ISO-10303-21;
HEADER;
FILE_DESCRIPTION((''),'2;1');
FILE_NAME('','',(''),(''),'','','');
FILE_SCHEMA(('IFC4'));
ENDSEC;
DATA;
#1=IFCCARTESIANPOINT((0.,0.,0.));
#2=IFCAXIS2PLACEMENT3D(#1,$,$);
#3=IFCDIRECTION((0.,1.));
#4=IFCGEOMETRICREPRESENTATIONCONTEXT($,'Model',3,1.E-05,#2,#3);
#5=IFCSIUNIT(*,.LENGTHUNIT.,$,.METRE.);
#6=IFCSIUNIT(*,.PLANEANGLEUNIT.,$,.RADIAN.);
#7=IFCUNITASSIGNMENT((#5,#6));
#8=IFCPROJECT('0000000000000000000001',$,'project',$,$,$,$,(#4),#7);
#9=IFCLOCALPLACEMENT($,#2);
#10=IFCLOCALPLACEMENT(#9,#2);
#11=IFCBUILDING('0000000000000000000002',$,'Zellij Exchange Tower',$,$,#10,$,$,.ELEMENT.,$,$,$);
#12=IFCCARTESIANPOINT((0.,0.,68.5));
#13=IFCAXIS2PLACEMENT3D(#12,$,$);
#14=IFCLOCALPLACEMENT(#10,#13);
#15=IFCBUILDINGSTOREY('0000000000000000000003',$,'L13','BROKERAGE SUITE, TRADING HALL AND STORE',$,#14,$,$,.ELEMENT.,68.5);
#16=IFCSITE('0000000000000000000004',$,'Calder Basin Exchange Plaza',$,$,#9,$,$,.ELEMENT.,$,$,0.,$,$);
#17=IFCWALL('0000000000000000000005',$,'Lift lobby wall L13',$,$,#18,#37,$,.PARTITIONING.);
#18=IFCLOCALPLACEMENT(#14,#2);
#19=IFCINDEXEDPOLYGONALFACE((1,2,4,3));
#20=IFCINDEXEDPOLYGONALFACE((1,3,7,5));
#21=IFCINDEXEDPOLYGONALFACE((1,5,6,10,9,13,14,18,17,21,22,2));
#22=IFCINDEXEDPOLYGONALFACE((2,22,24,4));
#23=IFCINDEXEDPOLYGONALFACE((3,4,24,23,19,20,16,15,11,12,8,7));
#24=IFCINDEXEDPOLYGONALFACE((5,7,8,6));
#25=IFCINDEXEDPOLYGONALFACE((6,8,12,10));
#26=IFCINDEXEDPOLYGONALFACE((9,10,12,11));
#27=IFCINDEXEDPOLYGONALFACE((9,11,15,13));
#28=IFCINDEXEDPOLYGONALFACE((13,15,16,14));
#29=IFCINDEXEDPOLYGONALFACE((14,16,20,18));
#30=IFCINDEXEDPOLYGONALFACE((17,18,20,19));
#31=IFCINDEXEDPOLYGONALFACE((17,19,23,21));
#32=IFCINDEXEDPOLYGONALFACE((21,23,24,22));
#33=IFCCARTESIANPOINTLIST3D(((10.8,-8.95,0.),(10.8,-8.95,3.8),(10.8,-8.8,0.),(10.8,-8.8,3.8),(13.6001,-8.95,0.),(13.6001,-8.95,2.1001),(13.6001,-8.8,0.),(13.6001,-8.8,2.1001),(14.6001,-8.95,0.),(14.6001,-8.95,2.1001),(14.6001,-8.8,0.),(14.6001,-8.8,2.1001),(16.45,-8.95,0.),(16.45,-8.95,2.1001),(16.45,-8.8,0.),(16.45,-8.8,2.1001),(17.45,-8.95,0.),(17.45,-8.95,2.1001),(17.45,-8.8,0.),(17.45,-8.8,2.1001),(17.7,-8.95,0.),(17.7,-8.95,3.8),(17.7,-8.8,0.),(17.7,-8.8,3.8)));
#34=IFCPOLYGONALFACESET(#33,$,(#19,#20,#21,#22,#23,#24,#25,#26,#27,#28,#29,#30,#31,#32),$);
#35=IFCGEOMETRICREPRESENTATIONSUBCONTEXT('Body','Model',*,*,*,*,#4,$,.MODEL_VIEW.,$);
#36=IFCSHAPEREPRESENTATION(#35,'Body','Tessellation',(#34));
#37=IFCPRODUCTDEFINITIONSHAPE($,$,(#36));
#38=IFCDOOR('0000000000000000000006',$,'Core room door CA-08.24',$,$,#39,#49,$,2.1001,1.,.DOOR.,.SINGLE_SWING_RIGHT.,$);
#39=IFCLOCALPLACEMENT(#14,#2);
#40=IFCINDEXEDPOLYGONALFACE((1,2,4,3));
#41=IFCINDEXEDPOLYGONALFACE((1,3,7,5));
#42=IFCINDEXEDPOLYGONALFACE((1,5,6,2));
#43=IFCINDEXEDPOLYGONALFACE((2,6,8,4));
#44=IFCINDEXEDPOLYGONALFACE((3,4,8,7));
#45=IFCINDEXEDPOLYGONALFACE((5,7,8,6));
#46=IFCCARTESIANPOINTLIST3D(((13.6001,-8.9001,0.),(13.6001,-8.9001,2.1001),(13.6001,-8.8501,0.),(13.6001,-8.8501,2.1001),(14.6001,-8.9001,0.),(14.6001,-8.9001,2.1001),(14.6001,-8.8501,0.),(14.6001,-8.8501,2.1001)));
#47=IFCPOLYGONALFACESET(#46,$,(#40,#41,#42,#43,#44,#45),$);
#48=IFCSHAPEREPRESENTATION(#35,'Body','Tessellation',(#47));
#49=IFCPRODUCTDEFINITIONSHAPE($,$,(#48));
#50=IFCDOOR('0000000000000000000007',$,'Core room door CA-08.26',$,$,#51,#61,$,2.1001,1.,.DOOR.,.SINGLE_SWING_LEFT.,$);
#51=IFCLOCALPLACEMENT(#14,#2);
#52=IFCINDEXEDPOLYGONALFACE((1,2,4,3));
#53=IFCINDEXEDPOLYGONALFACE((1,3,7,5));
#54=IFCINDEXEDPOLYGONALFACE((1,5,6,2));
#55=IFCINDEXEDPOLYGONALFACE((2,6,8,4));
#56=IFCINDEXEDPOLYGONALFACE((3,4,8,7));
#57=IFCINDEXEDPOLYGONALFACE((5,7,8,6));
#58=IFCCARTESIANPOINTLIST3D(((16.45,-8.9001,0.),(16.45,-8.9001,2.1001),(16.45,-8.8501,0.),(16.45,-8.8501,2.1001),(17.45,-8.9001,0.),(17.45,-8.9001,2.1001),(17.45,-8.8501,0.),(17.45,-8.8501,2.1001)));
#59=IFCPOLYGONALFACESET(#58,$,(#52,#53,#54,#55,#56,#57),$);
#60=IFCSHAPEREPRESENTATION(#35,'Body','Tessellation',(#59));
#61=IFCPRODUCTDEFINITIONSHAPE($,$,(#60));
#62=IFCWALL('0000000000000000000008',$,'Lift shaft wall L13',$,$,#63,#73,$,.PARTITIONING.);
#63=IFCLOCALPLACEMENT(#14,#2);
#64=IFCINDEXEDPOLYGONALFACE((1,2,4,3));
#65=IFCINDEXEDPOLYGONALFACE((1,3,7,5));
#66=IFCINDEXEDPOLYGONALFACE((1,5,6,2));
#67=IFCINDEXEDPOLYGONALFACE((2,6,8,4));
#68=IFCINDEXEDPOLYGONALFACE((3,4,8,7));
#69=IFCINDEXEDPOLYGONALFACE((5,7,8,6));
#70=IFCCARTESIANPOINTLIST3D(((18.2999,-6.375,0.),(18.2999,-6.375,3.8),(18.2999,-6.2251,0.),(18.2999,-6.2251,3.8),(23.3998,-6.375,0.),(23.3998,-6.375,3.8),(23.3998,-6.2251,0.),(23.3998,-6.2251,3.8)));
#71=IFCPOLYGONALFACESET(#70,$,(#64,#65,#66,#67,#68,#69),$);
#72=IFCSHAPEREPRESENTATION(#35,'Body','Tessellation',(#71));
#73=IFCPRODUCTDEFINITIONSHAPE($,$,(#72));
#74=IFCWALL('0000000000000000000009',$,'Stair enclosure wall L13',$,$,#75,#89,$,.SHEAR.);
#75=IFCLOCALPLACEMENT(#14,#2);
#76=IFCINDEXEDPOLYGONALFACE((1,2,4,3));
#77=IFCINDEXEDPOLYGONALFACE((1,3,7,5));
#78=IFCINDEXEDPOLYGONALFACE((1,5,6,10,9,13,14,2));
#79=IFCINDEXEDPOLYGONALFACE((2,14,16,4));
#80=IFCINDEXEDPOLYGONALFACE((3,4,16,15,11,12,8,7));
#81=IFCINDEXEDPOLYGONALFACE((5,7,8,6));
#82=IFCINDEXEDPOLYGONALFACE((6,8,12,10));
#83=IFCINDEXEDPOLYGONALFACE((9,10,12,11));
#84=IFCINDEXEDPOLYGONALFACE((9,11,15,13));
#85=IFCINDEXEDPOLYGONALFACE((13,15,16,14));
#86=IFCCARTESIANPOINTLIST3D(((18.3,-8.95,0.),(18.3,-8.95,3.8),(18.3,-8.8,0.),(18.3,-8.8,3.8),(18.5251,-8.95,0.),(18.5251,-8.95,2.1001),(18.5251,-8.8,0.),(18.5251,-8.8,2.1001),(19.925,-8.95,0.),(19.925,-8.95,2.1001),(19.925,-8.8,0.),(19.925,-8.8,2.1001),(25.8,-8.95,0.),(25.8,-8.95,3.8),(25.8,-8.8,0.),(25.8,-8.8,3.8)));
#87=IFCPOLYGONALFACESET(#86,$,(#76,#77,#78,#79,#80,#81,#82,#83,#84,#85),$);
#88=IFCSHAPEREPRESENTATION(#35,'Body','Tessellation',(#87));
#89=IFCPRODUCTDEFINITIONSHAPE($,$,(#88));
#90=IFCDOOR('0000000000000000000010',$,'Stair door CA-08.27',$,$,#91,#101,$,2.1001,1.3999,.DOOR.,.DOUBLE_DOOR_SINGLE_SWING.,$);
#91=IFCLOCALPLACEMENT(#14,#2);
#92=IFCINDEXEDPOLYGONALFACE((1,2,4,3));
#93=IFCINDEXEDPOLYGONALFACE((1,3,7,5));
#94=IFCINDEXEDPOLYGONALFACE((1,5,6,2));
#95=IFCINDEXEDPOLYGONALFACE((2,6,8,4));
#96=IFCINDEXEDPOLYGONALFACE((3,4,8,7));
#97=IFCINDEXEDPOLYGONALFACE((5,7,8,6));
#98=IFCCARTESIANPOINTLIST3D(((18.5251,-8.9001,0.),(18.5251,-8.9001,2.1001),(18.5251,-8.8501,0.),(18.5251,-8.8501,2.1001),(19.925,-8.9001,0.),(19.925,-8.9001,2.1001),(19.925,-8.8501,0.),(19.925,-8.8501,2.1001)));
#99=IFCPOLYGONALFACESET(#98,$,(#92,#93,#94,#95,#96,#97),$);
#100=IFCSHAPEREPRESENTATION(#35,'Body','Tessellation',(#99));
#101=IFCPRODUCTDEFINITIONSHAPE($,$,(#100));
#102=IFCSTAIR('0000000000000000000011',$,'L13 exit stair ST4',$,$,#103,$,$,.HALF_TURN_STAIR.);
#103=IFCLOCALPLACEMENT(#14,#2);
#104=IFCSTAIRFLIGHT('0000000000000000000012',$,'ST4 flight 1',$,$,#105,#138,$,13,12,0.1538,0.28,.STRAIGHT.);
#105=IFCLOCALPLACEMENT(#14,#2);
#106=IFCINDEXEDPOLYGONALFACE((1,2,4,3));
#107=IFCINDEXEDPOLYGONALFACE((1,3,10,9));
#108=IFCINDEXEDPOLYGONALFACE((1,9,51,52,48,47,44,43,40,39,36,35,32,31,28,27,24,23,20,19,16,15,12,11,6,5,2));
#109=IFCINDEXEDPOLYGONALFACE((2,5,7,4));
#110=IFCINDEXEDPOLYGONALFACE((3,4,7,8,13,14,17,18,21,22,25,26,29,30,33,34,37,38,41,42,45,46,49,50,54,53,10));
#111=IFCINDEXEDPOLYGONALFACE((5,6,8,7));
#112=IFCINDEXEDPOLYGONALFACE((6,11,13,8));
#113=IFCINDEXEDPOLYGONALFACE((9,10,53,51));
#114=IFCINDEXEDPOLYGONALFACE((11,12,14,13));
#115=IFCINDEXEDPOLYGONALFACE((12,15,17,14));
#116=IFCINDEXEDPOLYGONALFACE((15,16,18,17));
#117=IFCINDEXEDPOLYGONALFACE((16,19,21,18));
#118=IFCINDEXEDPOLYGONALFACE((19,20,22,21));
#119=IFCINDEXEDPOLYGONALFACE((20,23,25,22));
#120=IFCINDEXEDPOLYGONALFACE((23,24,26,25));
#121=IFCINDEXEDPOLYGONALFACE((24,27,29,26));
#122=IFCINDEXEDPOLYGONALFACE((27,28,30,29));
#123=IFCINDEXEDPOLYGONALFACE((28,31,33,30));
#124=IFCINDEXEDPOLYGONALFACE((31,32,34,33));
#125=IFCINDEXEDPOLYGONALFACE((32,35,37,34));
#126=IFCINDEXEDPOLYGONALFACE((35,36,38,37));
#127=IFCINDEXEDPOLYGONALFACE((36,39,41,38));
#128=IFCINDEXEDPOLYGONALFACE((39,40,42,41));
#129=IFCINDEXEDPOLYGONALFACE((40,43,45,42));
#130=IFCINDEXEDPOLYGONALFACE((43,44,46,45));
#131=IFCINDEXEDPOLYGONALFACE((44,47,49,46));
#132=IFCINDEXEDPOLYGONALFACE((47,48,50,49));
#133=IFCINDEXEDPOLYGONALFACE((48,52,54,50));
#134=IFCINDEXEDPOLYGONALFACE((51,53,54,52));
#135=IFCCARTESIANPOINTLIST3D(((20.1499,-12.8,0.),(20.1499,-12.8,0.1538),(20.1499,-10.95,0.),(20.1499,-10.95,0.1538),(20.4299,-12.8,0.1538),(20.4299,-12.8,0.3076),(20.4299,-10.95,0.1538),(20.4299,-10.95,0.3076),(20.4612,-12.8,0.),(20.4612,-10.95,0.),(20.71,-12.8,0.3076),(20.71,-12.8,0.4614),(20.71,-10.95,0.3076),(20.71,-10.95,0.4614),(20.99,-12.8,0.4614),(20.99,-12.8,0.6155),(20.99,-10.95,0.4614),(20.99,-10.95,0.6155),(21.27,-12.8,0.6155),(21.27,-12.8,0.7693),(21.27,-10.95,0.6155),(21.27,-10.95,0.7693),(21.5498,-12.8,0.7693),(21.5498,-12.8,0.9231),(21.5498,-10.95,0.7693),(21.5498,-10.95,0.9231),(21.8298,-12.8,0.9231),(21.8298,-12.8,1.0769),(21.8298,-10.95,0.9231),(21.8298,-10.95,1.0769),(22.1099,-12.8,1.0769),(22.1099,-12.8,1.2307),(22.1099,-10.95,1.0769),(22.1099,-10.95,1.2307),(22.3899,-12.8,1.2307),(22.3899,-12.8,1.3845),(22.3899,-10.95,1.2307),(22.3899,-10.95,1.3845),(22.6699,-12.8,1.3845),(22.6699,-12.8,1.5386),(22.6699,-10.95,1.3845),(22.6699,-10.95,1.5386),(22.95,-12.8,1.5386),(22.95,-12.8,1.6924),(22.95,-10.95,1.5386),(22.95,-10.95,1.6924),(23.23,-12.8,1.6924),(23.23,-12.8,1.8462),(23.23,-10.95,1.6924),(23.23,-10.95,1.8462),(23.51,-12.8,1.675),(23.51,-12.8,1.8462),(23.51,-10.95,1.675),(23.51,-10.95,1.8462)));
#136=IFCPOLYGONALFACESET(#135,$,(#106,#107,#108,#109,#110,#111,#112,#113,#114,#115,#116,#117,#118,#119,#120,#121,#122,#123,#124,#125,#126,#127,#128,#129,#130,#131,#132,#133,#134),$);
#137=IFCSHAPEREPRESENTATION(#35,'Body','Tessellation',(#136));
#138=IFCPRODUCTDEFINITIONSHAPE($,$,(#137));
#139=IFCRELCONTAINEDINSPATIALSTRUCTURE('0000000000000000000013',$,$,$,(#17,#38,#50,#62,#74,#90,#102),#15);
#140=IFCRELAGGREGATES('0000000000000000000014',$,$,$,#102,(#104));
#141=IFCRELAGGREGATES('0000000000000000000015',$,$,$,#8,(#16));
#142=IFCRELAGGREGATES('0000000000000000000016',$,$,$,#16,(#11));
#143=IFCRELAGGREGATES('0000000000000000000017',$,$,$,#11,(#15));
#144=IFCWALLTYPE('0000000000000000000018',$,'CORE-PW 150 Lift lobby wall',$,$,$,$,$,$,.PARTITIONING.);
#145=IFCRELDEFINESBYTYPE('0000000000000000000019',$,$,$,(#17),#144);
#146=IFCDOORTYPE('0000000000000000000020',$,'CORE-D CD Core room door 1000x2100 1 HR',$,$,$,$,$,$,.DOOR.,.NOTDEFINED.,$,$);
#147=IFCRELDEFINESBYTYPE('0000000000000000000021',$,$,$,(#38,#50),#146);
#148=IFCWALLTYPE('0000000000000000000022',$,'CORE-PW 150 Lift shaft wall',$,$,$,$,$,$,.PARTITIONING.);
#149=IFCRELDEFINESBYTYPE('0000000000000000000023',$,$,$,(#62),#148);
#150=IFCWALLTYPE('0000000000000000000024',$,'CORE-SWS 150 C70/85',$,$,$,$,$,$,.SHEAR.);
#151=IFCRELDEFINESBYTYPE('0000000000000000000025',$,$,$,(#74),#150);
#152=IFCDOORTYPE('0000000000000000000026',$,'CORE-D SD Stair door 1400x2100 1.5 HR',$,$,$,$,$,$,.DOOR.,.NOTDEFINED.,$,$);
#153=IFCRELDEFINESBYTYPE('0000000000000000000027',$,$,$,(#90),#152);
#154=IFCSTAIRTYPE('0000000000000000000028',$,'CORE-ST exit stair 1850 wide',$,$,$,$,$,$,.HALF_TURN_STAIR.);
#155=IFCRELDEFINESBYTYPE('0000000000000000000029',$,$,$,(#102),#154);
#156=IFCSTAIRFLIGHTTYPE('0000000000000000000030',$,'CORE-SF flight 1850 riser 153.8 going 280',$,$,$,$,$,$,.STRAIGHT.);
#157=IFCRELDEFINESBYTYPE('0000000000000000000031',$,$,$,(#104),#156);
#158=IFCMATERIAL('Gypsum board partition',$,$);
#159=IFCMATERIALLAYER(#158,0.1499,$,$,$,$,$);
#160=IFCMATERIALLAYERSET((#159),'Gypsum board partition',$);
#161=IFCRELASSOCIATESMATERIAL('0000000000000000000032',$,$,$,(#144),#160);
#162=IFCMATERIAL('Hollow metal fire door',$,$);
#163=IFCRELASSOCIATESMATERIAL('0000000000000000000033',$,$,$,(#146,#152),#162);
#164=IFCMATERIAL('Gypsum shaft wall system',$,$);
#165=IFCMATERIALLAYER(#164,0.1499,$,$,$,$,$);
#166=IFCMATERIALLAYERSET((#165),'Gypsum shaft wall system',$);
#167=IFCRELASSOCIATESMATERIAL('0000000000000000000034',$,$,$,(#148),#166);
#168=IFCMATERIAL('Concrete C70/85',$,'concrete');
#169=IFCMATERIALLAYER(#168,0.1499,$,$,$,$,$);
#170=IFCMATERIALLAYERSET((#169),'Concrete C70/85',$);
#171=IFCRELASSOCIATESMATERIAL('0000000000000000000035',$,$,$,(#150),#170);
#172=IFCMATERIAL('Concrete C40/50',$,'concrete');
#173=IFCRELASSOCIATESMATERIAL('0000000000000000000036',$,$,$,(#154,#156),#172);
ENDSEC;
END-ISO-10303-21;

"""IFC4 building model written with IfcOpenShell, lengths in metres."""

from ifc_helpers import new_model, si_unit, direction, frame, frame_2d, origin, place, context, subcontext, project, spatial, polyline, rectangle, outline, extrude, material, layer, layer_set, type_object, element, fill, aggregate, save


model = new_model("IFC4")

# Units and contexts
model_context = context("Model", 3, precision=1e-05, world=origin(), true_north=direction((0.0, 1.0)))
body_context = subcontext(model_context, "Body", "Model", "MODEL_VIEW")
ifc_project = project(units=[si_unit("LENGTHUNIT", "METRE"), si_unit("PLANEANGLEUNIT", "RADIAN")], contexts=[model_context])

# Site, building, storey
site_placement = place(None, origin())
site = spatial("IfcSite", under=ifc_project, at=site_placement, Name="Calder Basin Exchange Plaza", CompositionType="ELEMENT", RefElevation=0.0)
building_placement = place(site_placement, origin())
building = spatial("IfcBuilding", under=site, at=building_placement, Name="Zellij Exchange Tower", CompositionType="ELEMENT")
storey_placement = place(building_placement, frame((0.0, 0.0, 68.5)))
storey = spatial("IfcBuildingStorey", under=building, at=storey_placement, Name="L13", Description="BROKERAGE SUITE, TRADING HALL AND STORE", CompositionType="ELEMENT", Elevation=68.5)

# Shared definitions
ifc_material_1 = material(Name="Concrete C70/85", Category="concrete")
ifc_material_2 = material(Name="Gypsum board partition")
ifc_layer_1 = layer(ifc_material_2, 0.1499)
ifc_layer_set_1 = layer_set([ifc_layer_1], Name="Gypsum board partition")
wall_type_1 = type_object("IfcWallType", Name="CORE-PW 150 Lift lobby wall", PredefinedType="PARTITIONING", material=ifc_layer_set_1)

# Shared definitions
ifc_material_3 = material(Name="Hollow metal fire door")

# Wall, openings, doors
door_type_1 = type_object("IfcDoorType", Name="CORE-D CD Core room door 1000x2100 1 HR", OperationType="NOTDEFINED", PredefinedType="DOOR", material=ifc_material_3)
wall_1_placement = place(storey_placement, frame((10.8, -8.875, 0.0), z_axis=(0.0, 0.0, 1.0), x_axis=(1.0, 0.0, 0.0)))
wall_1 = element("IfcWall", 1, at=wall_1_placement, inside=storey, type_object=wall_type_1, Name="Lift lobby wall L13", PredefinedType="PARTITIONING", context=body_context, shape_type="SweptSolid", body=[
    extrude(rectangle(XDim=6.8999, YDim=0.1499, at=frame_2d((3.45, 0.0))), origin(), (0.0, 0.0, 1.0), 3.8),
])
opening_1_placement = place(wall_1_placement, frame((2.8, 0.0, 0.0)))
opening_1 = element("IfcOpeningElement", 2, at=opening_1_placement, cuts=wall_1, PredefinedType="OPENING", context=body_context, shape_type="SweptSolid", body=[
    extrude(rectangle(XDim=1.0, YDim=2.1001, at=frame_2d((0.5, 1.05))), frame((0.0, 0.0869, 0.0), z_axis=(0.0, -1.0, 0.0), x_axis=(1.0, 0.0, 0.0)), (0.0, 0.0, 1.0), 0.1738),
])
opening_2_placement = place(wall_1_placement, frame((5.6499, 0.0, 0.0)))
opening_2 = element("IfcOpeningElement", 3, at=opening_2_placement, cuts=wall_1, PredefinedType="OPENING", context=body_context, shape_type="SweptSolid", body=[
    extrude(rectangle(XDim=1.0, YDim=2.1001, at=frame_2d((0.5, 1.05))), frame((0.0, 0.0869, 0.0), z_axis=(0.0, -1.0, 0.0), x_axis=(1.0, 0.0, 0.0)), (0.0, 0.0, 1.0), 0.1738),
])
door_1_placement = place(opening_1_placement, origin())
door_1 = element("IfcDoor", 4, at=door_1_placement, inside=storey, type_object=door_type_1, Name="Core room door CA-08.24", OperationType="SINGLE_SWING_RIGHT", OverallHeight=2.1001, OverallWidth=1.0, PredefinedType="DOOR", context=body_context, shape_type="SweptSolid", body=[
    extrude(rectangle(XDim=1.0, YDim=2.1001, at=frame_2d((0.5, 1.05))), frame((0.0, 0.0249, 0.0), z_axis=(0.0, -1.0, 0.0), x_axis=(1.0, 0.0, 0.0)), (0.0, 0.0, 1.0), 0.05),
])
fill(opening_1, door_1)
door_2_placement = place(opening_2_placement, origin())
door_2 = element("IfcDoor", 5, at=door_2_placement, inside=storey, type_object=door_type_1, Name="Core room door CA-08.26", OperationType="SINGLE_SWING_LEFT", OverallHeight=2.1001, OverallWidth=1.0, PredefinedType="DOOR", context=body_context, shape_type="SweptSolid", body=[
    extrude(rectangle(XDim=1.0, YDim=2.1001, at=frame_2d((0.5, 1.05))), frame((0.0, 0.0249, 0.0), z_axis=(0.0, -1.0, 0.0), x_axis=(1.0, 0.0, 0.0)), (0.0, 0.0, 1.0), 0.05),
])
fill(opening_2, door_2)

# Wall
ifc_material_4 = material(Name="Gypsum shaft wall system")
ifc_layer_2 = layer(ifc_material_4, 0.1499)
ifc_layer_set_2 = layer_set([ifc_layer_2], Name="Gypsum shaft wall system")
wall_type_2 = type_object("IfcWallType", Name="CORE-PW 150 Lift shaft wall", PredefinedType="PARTITIONING", material=ifc_layer_set_2)
wall_2_placement = place(storey_placement, frame((18.3, -6.3, 0.0), z_axis=(0.0, 0.0, 1.0), x_axis=(1.0, 0.0, 0.0)))
element("IfcWall", 6, at=wall_2_placement, inside=storey, type_object=wall_type_2, Name="Lift shaft wall L13", PredefinedType="PARTITIONING", context=body_context, shape_type="SweptSolid", body=[
    extrude(rectangle(XDim=5.0999, YDim=0.1499, at=frame_2d((2.5498, 0.0))), origin(), (0.0, 0.0, 1.0), 3.8),
])

# Wall, opening, door
ifc_layer_3 = layer(ifc_material_1, 0.1499)
ifc_layer_set_3 = layer_set([ifc_layer_3], Name="Concrete C70/85")
wall_type_3 = type_object("IfcWallType", Name="CORE-SWS 150 C70/85", PredefinedType="SHEAR", material=ifc_layer_set_3)
wall_3_placement = place(storey_placement, frame((18.3, -8.875, 0.0), z_axis=(0.0, 0.0, 1.0), x_axis=(1.0, 0.0, 0.0)))
wall_3 = element("IfcWall", 7, at=wall_3_placement, inside=storey, type_object=wall_type_3, Name="Stair enclosure wall L13", PredefinedType="SHEAR", context=body_context, shape_type="SweptSolid", body=[
    extrude(rectangle(XDim=7.5, YDim=0.1499, at=frame_2d((3.75, 0.0))), origin(), (0.0, 0.0, 1.0), 3.8),
])
opening_3_placement = place(wall_3_placement, frame((0.2251, 0.0, 0.0)))
opening_3 = element("IfcOpeningElement", 8, at=opening_3_placement, cuts=wall_3, PredefinedType="OPENING", context=body_context, shape_type="SweptSolid", body=[
    extrude(rectangle(XDim=1.3999, YDim=2.1001, at=frame_2d((0.7, 1.05))), frame((0.0, 0.0869, 0.0), z_axis=(0.0, -1.0, 0.0), x_axis=(1.0, 0.0, 0.0)), (0.0, 0.0, 1.0), 0.1738),
])
door_type_2 = type_object("IfcDoorType", Name="CORE-D SD Stair door 1400x2100 1.5 HR", OperationType="NOTDEFINED", PredefinedType="DOOR", material=ifc_material_3)
door_3_placement = place(opening_3_placement, origin())
door_3 = element("IfcDoor", 9, at=door_3_placement, inside=storey, type_object=door_type_2, Name="Stair door CA-08.27", OperationType="DOUBLE_DOOR_SINGLE_SWING", OverallHeight=2.1001, OverallWidth=1.3999, PredefinedType="DOOR", context=body_context, shape_type="SweptSolid", body=[
    extrude(rectangle(XDim=1.3999, YDim=2.1001, at=frame_2d((0.7, 1.05))), frame((0.0, 0.0249, 0.0), z_axis=(0.0, -1.0, 0.0), x_axis=(1.0, 0.0, 0.0)), (0.0, 0.0, 1.0), 0.05),
])
fill(opening_3, door_3)

# Stair, stair flight
ifc_material_5 = material(Name="Concrete C40/50", Category="concrete")
stair_type = type_object("IfcStairType", Name="CORE-ST exit stair 1850 wide", PredefinedType="HALF_TURN_STAIR", material=ifc_material_5)
stair_placement = place(storey_placement, origin())
stair = element("IfcStair", 10, at=stair_placement, inside=storey, type_object=stair_type, Name="L13 exit stair ST4", PredefinedType="HALF_TURN_STAIR")
stair_flight_type = type_object("IfcStairFlightType", Name="CORE-SF flight 1850 riser 153.8 going 280", PredefinedType="STRAIGHT", material=ifc_material_5)
stair_flight_placement = place(storey_placement, frame((20.1499, -11.875, 0.0), z_axis=(0.0, 0.0, 1.0), x_axis=(1.0, 0.0, 0.0)))
stair_flight = element("IfcStairFlight", 11, at=stair_flight_placement, type_object=stair_flight_type, Name="ST4 flight 1", NumberOfRisers=13, NumberOfTreads=12, PredefinedType="STRAIGHT", RiserHeight=0.1538, TreadLength=0.28, context=body_context, shape_type="SweptSolid", body=[
    extrude(outline(polyline([(0.0, 0.0), (0.0, 0.1538), (0.28, 0.1538), (0.28, 0.3076), (0.5601, 0.3076), (0.5601, 0.4614), (0.8401, 0.4614), (0.8401, 0.6155), (1.1201, 0.6155), (1.1201, 0.7693), (1.3999, 0.7693), (1.3999, 0.9231), (1.6799, 0.9231), (1.6799, 1.0769), (1.96, 1.0769), (1.96, 1.2307), (2.24, 1.2307), (2.24, 1.3845), (2.52, 1.3845), (2.52, 1.5386), (2.8, 1.5386), (2.8, 1.6924), (3.0801, 1.6924), (3.0801, 1.8462), (3.3601, 1.8462), (3.3601, 2.0), (3.3601, 1.675), (0.3113, 0.0), (0.0, 0.0)])), frame((0.0, 0.925, 0.0), z_axis=(0.0, -1.0, 0.0), x_axis=(1.0, 0.0, 0.0)), (0.0, 0.0, 1.0), 1.8501),
])
aggregate(stair, [stair_flight])

save(model, "model.ifc")
